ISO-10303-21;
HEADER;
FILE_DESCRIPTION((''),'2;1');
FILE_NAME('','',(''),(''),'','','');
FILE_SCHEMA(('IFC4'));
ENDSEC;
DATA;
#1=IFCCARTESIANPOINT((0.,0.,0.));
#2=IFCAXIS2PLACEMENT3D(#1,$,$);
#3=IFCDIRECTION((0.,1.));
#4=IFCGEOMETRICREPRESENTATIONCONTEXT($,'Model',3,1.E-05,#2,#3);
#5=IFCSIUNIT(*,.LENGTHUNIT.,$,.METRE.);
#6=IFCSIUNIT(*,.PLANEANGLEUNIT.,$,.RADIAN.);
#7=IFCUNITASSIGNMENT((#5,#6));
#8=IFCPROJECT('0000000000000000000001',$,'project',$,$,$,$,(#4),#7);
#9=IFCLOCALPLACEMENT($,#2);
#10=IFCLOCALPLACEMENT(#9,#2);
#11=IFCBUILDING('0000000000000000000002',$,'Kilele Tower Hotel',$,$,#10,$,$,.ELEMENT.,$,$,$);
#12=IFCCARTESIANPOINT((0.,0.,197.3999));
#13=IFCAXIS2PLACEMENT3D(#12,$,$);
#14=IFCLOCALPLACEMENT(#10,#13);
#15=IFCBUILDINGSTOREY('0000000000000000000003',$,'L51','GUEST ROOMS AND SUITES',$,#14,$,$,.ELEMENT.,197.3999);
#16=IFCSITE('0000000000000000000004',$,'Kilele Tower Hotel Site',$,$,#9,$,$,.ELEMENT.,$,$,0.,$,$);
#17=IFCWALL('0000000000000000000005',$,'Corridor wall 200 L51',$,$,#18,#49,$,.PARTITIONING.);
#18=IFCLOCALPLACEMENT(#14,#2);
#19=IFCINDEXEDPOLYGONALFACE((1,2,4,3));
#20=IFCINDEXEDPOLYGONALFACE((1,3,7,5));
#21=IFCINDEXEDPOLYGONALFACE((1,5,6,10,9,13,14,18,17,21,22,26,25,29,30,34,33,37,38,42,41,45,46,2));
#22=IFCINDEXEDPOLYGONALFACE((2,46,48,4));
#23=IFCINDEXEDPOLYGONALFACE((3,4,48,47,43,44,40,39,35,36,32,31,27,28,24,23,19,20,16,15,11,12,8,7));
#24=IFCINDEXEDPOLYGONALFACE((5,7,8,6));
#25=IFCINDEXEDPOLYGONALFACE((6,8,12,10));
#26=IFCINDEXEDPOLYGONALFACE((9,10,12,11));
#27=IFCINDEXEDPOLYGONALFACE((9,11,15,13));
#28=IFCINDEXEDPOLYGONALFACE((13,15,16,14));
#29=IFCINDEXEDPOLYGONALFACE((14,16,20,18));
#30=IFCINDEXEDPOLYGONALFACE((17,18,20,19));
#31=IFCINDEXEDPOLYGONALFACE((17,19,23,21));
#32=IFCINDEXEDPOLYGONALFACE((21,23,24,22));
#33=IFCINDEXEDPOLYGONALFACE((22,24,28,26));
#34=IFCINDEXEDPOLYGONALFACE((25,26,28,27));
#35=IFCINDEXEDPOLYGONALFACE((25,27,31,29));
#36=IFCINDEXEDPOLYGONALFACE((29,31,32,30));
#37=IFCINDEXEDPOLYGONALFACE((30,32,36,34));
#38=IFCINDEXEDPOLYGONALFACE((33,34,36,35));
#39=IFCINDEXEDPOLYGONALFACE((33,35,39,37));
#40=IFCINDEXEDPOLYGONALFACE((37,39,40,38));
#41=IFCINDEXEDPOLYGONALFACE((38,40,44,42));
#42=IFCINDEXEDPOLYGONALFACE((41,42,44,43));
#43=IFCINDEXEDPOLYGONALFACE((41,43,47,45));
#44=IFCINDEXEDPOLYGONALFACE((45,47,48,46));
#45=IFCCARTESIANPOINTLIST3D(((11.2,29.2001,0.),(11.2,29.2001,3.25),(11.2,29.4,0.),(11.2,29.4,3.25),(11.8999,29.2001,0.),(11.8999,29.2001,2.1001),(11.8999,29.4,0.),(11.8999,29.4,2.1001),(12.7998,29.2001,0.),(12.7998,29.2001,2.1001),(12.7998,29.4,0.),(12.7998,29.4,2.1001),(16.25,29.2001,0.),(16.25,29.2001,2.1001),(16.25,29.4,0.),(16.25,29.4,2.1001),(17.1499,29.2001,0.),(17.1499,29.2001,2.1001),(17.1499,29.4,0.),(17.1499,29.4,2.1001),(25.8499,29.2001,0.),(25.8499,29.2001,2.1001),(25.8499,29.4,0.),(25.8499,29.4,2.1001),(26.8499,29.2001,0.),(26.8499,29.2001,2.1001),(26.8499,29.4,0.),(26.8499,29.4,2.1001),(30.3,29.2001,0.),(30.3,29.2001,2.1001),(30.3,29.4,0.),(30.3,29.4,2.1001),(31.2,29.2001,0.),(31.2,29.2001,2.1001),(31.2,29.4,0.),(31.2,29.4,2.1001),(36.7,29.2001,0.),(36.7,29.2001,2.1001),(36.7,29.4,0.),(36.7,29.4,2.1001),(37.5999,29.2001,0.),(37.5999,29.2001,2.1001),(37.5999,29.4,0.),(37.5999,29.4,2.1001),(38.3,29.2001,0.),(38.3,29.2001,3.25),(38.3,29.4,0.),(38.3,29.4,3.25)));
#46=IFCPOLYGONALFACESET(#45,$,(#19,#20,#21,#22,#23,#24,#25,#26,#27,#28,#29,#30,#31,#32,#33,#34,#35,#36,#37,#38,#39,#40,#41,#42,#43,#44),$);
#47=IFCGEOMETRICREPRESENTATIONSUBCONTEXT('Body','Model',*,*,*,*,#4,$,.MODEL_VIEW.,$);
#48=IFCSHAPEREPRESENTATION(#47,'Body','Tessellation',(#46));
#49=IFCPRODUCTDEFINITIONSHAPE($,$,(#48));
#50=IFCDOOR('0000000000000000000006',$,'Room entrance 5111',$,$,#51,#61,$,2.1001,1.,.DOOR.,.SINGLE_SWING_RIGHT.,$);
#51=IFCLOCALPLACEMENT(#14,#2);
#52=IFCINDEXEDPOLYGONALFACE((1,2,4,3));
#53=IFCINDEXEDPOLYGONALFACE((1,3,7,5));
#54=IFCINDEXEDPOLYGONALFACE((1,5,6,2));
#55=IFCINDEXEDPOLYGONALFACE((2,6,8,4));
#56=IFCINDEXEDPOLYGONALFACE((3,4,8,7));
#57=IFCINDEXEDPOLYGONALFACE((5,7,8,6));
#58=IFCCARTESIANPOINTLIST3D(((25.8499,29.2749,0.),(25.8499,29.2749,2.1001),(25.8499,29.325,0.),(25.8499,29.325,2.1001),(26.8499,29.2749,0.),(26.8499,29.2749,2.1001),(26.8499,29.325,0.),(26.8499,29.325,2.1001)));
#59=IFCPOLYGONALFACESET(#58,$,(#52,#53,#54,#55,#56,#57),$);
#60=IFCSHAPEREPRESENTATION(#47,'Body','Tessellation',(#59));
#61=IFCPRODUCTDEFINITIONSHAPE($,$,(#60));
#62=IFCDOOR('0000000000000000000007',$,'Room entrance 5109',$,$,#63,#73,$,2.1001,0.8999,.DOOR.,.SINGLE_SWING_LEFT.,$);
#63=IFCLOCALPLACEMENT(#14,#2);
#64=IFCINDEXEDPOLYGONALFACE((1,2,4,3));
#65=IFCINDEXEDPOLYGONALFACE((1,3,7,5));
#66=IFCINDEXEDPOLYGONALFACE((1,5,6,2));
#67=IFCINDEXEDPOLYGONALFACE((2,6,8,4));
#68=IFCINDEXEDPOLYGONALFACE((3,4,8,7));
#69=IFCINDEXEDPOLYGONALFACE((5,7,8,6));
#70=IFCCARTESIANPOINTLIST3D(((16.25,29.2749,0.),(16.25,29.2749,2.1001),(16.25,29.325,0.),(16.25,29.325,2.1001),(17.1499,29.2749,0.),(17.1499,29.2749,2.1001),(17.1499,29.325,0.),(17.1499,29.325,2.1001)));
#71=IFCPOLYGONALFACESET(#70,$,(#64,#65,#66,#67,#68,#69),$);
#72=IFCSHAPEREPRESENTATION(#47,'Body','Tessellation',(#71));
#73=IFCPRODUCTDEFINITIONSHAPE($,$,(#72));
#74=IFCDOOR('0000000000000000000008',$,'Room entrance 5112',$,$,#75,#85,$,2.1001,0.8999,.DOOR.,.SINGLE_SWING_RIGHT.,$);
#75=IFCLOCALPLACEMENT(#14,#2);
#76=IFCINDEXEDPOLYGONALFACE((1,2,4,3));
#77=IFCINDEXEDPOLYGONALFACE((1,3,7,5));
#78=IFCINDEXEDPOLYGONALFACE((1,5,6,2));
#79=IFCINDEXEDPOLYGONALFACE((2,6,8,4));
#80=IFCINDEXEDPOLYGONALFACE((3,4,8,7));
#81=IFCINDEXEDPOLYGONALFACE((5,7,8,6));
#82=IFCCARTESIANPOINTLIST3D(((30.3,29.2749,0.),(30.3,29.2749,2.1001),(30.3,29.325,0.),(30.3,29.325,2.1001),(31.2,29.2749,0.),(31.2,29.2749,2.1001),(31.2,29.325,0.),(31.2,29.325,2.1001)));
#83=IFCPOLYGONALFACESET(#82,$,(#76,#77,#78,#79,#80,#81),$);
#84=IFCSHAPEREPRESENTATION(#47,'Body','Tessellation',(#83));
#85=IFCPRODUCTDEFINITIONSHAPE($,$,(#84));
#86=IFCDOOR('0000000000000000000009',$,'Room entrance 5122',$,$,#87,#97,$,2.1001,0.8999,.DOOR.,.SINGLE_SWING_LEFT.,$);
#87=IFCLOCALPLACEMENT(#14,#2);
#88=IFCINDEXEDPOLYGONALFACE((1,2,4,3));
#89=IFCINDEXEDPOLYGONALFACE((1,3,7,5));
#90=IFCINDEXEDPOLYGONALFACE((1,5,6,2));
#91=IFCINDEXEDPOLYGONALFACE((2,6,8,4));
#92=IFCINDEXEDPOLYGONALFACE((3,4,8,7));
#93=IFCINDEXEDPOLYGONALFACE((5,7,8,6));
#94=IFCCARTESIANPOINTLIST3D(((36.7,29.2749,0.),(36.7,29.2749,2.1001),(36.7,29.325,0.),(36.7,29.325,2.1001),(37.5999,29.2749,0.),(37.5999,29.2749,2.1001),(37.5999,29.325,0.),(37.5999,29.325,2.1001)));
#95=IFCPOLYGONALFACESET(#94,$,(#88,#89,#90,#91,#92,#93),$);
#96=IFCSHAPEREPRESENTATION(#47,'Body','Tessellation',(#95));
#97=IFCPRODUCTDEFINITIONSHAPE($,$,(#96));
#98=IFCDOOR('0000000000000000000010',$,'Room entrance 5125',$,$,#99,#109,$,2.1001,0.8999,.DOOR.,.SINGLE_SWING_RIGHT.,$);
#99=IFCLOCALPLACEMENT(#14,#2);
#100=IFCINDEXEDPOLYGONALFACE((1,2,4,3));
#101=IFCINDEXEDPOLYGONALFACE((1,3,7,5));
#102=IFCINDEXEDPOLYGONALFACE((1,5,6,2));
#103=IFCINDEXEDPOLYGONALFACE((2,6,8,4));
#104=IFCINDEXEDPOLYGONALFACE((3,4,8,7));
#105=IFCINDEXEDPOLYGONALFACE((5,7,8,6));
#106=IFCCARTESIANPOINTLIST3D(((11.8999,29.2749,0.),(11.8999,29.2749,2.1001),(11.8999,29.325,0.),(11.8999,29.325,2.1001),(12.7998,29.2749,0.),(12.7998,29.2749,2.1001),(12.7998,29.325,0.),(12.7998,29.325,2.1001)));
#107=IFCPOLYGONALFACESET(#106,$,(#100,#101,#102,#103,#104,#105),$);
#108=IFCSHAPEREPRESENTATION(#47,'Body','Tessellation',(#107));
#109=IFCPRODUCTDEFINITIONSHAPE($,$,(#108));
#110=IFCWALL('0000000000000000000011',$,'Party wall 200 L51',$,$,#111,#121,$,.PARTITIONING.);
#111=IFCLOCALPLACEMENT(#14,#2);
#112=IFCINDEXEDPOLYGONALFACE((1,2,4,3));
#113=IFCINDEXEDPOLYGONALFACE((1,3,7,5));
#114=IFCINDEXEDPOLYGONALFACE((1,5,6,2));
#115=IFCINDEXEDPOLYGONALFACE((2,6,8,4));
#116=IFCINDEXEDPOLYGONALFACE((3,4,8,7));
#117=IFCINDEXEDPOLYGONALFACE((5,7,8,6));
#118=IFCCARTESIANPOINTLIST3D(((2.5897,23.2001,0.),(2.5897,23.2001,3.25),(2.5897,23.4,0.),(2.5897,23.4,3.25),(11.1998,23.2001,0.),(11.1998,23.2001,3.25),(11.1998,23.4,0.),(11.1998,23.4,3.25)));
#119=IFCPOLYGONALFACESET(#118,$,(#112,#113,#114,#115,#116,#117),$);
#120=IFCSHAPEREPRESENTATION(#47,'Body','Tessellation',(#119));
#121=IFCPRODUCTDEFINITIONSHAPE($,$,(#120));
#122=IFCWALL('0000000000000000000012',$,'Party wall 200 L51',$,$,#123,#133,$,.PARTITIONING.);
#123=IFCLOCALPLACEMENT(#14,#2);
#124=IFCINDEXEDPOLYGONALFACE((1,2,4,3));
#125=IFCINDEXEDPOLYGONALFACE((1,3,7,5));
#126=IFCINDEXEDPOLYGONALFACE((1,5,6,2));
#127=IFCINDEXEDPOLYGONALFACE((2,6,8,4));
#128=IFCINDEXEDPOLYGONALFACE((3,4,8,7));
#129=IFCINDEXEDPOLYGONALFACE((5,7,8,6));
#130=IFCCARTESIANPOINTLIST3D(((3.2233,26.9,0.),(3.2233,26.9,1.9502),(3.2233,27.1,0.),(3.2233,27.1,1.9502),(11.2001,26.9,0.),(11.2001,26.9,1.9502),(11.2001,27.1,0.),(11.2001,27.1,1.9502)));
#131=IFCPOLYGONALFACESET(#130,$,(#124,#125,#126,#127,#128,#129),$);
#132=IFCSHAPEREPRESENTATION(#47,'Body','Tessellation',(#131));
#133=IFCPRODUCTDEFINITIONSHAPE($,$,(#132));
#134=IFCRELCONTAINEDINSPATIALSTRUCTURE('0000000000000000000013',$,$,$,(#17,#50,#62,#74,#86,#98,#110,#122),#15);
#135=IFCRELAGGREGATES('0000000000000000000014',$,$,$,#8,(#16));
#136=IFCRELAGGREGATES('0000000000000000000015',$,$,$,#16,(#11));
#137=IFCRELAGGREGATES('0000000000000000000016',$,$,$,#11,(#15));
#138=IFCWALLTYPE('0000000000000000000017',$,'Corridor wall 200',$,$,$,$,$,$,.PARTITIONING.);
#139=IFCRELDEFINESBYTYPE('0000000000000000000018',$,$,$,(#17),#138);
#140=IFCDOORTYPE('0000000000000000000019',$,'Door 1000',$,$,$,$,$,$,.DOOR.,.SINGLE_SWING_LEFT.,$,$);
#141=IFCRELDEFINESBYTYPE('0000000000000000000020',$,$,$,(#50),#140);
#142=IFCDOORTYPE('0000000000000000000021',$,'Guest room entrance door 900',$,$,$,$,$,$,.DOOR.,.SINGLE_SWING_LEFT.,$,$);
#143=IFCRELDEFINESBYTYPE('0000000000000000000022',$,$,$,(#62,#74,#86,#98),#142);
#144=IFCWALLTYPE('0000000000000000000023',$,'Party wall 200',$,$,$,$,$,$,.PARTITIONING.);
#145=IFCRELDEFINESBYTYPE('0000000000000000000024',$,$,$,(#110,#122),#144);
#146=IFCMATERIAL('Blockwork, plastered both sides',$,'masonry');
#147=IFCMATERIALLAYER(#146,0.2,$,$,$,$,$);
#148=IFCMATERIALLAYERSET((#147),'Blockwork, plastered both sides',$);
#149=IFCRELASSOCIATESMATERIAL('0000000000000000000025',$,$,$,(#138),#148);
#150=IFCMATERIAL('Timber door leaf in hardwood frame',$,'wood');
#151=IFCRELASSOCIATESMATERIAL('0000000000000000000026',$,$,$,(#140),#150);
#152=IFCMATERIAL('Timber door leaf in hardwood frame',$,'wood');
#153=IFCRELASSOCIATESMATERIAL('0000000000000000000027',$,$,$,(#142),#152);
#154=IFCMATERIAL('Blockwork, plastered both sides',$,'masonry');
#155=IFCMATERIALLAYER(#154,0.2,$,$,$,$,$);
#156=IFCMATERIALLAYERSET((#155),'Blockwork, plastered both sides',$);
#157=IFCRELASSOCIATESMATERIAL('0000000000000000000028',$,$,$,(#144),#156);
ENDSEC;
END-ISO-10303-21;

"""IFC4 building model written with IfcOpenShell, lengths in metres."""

from ifc_helpers import new_model, si_unit, direction, frame, frame_2d, origin, place, context, subcontext, project, spatial, rectangle, extrude, material, layer, layer_set, type_object, element, fill, save


model = new_model("IFC4")

# Units and contexts
model_context = context("Model", 3, precision=1e-05, world=origin(), true_north=direction((0.0, 1.0)))
body_context = subcontext(model_context, "Body", "Model", "MODEL_VIEW")
ifc_project = project(units=[si_unit("LENGTHUNIT", "METRE"), si_unit("PLANEANGLEUNIT", "RADIAN")], contexts=[model_context])

# Site, building, storey
site_placement = place(None, origin())
site = spatial("IfcSite", under=ifc_project, at=site_placement, Name="Kilele Tower Hotel Site", CompositionType="ELEMENT", RefElevation=0.0)
building_placement = place(site_placement, origin())
building = spatial("IfcBuilding", under=site, at=building_placement, Name="Kilele Tower Hotel", CompositionType="ELEMENT")
storey_placement = place(building_placement, frame((0.0, 0.0, 197.3999)))
storey = spatial("IfcBuildingStorey", under=building, at=storey_placement, Name="L51", Description="GUEST ROOMS AND SUITES", CompositionType="ELEMENT", Elevation=197.3999)

# Wall, openings, doors
ifc_material_1 = material(Name="Blockwork, plastered both sides", Category="masonry")
ifc_layer_1 = layer(ifc_material_1, 0.2)
ifc_layer_set_1 = layer_set([ifc_layer_1], Name="Blockwork, plastered both sides")
wall_type_1 = type_object("IfcWallType", Name="Corridor wall 200", PredefinedType="PARTITIONING", material=ifc_layer_set_1)
wall_1_placement = place(storey_placement, frame((11.2, 29.3, 0.0), z_axis=(0.0, 0.0, 1.0), x_axis=(1.0, 0.0, 0.0)))
wall_1 = element("IfcWall", 1, at=wall_1_placement, inside=storey, type_object=wall_type_1, Name="Corridor wall 200 L51", PredefinedType="PARTITIONING", context=body_context, shape_type="SweptSolid", body=[
    extrude(rectangle(XDim=27.1001, YDim=0.2, at=frame_2d((13.55, 0.0))), origin(), (0.0, 0.0, 1.0), 3.25),
])
opening_1_placement = place(wall_1_placement, frame((5.05, 0.0, 0.0)))
opening_1 = element("IfcOpeningElement", 2, at=opening_1_placement, cuts=wall_1, PredefinedType="OPENING", context=body_context, shape_type="SweptSolid", body=[
    extrude(rectangle(XDim=0.8999, YDim=2.1001, at=frame_2d((0.45, 1.05))), frame((0.0, 0.1099, 0.0), z_axis=(0.0, -1.0, 0.0), x_axis=(1.0, 0.0, 0.0)), (0.0, 0.0, 1.0), 0.22),
])
opening_2_placement = place(wall_1_placement, frame((14.6499, 0.0, 0.0)))
opening_2 = element("IfcOpeningElement", 3, at=opening_2_placement, cuts=wall_1, PredefinedType="OPENING", context=body_context, shape_type="SweptSolid", body=[
    extrude(rectangle(XDim=1.0, YDim=2.1001, at=frame_2d((0.5, 1.05))), frame((0.0, 0.1099, 0.0), z_axis=(0.0, -1.0, 0.0), x_axis=(1.0, 0.0, 0.0)), (0.0, 0.0, 1.0), 0.22),
])
opening_3_placement = place(wall_1_placement, frame((19.1001, 0.0, 0.0)))
opening_3 = element("IfcOpeningElement", 4, at=opening_3_placement, cuts=wall_1, PredefinedType="OPENING", context=body_context, shape_type="SweptSolid", body=[
    extrude(rectangle(XDim=0.8999, YDim=2.1001, at=frame_2d((0.45, 1.05))), frame((0.0, 0.1099, 0.0), z_axis=(0.0, -1.0, 0.0), x_axis=(1.0, 0.0, 0.0)), (0.0, 0.0, 1.0), 0.22),
])
opening_4_placement = place(wall_1_placement, frame((25.5, 0.0, 0.0)))
opening_4 = element("IfcOpeningElement", 5, at=opening_4_placement, cuts=wall_1, PredefinedType="OPENING", context=body_context, shape_type="SweptSolid", body=[
    extrude(rectangle(XDim=0.8999, YDim=2.1001, at=frame_2d((0.45, 1.05))), frame((0.0, 0.1099, 0.0), z_axis=(0.0, -1.0, 0.0), x_axis=(1.0, 0.0, 0.0)), (0.0, 0.0, 1.0), 0.22),
])
opening_5_placement = place(wall_1_placement, frame((0.7, 0.0, 0.0)))
opening_5 = element("IfcOpeningElement", 6, at=opening_5_placement, cuts=wall_1, PredefinedType="OPENING", context=body_context, shape_type="SweptSolid", body=[
    extrude(rectangle(XDim=0.8999, YDim=2.1001, at=frame_2d((0.45, 1.05))), frame((0.0, 0.1099, 0.0), z_axis=(0.0, -1.0, 0.0), x_axis=(1.0, 0.0, 0.0)), (0.0, 0.0, 1.0), 0.22),
])
ifc_material_2 = material(Name="Timber door leaf in hardwood frame", Category="wood")
door_type_1 = type_object("IfcDoorType", Name="Door 1000", OperationType="SINGLE_SWING_LEFT", PredefinedType="DOOR", material=ifc_material_2)
door_1_placement = place(opening_2_placement, origin())
door_1 = element("IfcDoor", 7, at=door_1_placement, inside=storey, type_object=door_type_1, Name="Room entrance 5111", OperationType="SINGLE_SWING_RIGHT", OverallHeight=2.1001, OverallWidth=1.0, PredefinedType="DOOR", context=body_context, shape_type="SweptSolid", body=[
    extrude(rectangle(XDim=1.0, YDim=2.1001, at=frame_2d((0.5, 1.05))), frame((0.0, 0.0249, 0.0), z_axis=(0.0, -1.0, 0.0), x_axis=(1.0, 0.0, 0.0)), (0.0, 0.0, 1.0), 0.05),
])
fill(opening_2, door_1)
ifc_material_3 = material(Name="Timber door leaf in hardwood frame", Category="wood")
door_type_2 = type_object("IfcDoorType", Name="Guest room entrance door 900", OperationType="SINGLE_SWING_LEFT", PredefinedType="DOOR", material=ifc_material_3)
door_2_placement = place(opening_1_placement, origin())
door_2 = element("IfcDoor", 8, at=door_2_placement, inside=storey, type_object=door_type_2, Name="Room entrance 5109", OperationType="SINGLE_SWING_LEFT", OverallHeight=2.1001, OverallWidth=0.8999, PredefinedType="DOOR", context=body_context, shape_type="SweptSolid", body=[
    extrude(rectangle(XDim=0.8999, YDim=2.1001, at=frame_2d((0.45, 1.05))), frame((0.0, 0.0249, 0.0), z_axis=(0.0, -1.0, 0.0), x_axis=(1.0, 0.0, 0.0)), (0.0, 0.0, 1.0), 0.05),
])
fill(opening_1, door_2)
door_3_placement = place(opening_3_placement, origin())
door_3 = element("IfcDoor", 9, at=door_3_placement, inside=storey, type_object=door_type_2, Name="Room entrance 5112", OperationType="SINGLE_SWING_RIGHT", OverallHeight=2.1001, OverallWidth=0.8999, PredefinedType="DOOR", context=body_context, shape_type="SweptSolid", body=[
    extrude(rectangle(XDim=0.8999, YDim=2.1001, at=frame_2d((0.45, 1.05))), frame((0.0, 0.0249, 0.0), z_axis=(0.0, -1.0, 0.0), x_axis=(1.0, 0.0, 0.0)), (0.0, 0.0, 1.0), 0.05),
])
fill(opening_3, door_3)
door_4_placement = place(opening_4_placement, origin())
door_4 = element("IfcDoor", 10, at=door_4_placement, inside=storey, type_object=door_type_2, Name="Room entrance 5122", OperationType="SINGLE_SWING_LEFT", OverallHeight=2.1001, OverallWidth=0.8999, PredefinedType="DOOR", context=body_context, shape_type="SweptSolid", body=[
    extrude(rectangle(XDim=0.8999, YDim=2.1001, at=frame_2d((0.45, 1.05))), frame((0.0, 0.0249, 0.0), z_axis=(0.0, -1.0, 0.0), x_axis=(1.0, 0.0, 0.0)), (0.0, 0.0, 1.0), 0.05),
])
fill(opening_4, door_4)
door_5_placement = place(opening_5_placement, origin())
door_5 = element("IfcDoor", 11, at=door_5_placement, inside=storey, type_object=door_type_2, Name="Room entrance 5125", OperationType="SINGLE_SWING_RIGHT", OverallHeight=2.1001, OverallWidth=0.8999, PredefinedType="DOOR", context=body_context, shape_type="SweptSolid", body=[
    extrude(rectangle(XDim=0.8999, YDim=2.1001, at=frame_2d((0.45, 1.05))), frame((0.0, 0.0249, 0.0), z_axis=(0.0, -1.0, 0.0), x_axis=(1.0, 0.0, 0.0)), (0.0, 0.0, 1.0), 0.05),
])
fill(opening_5, door_5)

# Walls
ifc_material_4 = material(Name="Blockwork, plastered both sides", Category="masonry")
ifc_layer_2 = layer(ifc_material_4, 0.2)
ifc_layer_set_2 = layer_set([ifc_layer_2], Name="Blockwork, plastered both sides")
wall_type_2 = type_object("IfcWallType", Name="Party wall 200", PredefinedType="PARTITIONING", material=ifc_layer_set_2)
wall_2_placement = place(storey_placement, frame((11.2, 23.3, 0.0), z_axis=(0.0, 0.0, 1.0), x_axis=(-1.0, 0.0, 0.0)))
element("IfcWall", 12, at=wall_2_placement, inside=storey, type_object=wall_type_2, Name="Party wall 200 L51", PredefinedType="PARTITIONING", context=body_context, shape_type="SweptSolid", body=[
    extrude(rectangle(XDim=8.6101, YDim=0.2, at=frame_2d((4.3052, 0.0))), origin(), (0.0, 0.0, 1.0), 3.25),
])
wall_3_placement = place(storey_placement, frame((11.2, 27.0, 0.0), z_axis=(0.0, 0.0, 1.0), x_axis=(-1.0, 0.0, 0.0)))
element("IfcWall", 13, at=wall_3_placement, inside=storey, type_object=wall_type_2, Name="Party wall 200 L51", PredefinedType="PARTITIONING", context=body_context, shape_type="SweptSolid", body=[
    extrude(rectangle(XDim=7.9768, YDim=0.2, at=frame_2d((3.9883, 0.0))), origin(), (0.0, 0.0, 1.0), 1.9502),
])

save(model, "model.ifc")
